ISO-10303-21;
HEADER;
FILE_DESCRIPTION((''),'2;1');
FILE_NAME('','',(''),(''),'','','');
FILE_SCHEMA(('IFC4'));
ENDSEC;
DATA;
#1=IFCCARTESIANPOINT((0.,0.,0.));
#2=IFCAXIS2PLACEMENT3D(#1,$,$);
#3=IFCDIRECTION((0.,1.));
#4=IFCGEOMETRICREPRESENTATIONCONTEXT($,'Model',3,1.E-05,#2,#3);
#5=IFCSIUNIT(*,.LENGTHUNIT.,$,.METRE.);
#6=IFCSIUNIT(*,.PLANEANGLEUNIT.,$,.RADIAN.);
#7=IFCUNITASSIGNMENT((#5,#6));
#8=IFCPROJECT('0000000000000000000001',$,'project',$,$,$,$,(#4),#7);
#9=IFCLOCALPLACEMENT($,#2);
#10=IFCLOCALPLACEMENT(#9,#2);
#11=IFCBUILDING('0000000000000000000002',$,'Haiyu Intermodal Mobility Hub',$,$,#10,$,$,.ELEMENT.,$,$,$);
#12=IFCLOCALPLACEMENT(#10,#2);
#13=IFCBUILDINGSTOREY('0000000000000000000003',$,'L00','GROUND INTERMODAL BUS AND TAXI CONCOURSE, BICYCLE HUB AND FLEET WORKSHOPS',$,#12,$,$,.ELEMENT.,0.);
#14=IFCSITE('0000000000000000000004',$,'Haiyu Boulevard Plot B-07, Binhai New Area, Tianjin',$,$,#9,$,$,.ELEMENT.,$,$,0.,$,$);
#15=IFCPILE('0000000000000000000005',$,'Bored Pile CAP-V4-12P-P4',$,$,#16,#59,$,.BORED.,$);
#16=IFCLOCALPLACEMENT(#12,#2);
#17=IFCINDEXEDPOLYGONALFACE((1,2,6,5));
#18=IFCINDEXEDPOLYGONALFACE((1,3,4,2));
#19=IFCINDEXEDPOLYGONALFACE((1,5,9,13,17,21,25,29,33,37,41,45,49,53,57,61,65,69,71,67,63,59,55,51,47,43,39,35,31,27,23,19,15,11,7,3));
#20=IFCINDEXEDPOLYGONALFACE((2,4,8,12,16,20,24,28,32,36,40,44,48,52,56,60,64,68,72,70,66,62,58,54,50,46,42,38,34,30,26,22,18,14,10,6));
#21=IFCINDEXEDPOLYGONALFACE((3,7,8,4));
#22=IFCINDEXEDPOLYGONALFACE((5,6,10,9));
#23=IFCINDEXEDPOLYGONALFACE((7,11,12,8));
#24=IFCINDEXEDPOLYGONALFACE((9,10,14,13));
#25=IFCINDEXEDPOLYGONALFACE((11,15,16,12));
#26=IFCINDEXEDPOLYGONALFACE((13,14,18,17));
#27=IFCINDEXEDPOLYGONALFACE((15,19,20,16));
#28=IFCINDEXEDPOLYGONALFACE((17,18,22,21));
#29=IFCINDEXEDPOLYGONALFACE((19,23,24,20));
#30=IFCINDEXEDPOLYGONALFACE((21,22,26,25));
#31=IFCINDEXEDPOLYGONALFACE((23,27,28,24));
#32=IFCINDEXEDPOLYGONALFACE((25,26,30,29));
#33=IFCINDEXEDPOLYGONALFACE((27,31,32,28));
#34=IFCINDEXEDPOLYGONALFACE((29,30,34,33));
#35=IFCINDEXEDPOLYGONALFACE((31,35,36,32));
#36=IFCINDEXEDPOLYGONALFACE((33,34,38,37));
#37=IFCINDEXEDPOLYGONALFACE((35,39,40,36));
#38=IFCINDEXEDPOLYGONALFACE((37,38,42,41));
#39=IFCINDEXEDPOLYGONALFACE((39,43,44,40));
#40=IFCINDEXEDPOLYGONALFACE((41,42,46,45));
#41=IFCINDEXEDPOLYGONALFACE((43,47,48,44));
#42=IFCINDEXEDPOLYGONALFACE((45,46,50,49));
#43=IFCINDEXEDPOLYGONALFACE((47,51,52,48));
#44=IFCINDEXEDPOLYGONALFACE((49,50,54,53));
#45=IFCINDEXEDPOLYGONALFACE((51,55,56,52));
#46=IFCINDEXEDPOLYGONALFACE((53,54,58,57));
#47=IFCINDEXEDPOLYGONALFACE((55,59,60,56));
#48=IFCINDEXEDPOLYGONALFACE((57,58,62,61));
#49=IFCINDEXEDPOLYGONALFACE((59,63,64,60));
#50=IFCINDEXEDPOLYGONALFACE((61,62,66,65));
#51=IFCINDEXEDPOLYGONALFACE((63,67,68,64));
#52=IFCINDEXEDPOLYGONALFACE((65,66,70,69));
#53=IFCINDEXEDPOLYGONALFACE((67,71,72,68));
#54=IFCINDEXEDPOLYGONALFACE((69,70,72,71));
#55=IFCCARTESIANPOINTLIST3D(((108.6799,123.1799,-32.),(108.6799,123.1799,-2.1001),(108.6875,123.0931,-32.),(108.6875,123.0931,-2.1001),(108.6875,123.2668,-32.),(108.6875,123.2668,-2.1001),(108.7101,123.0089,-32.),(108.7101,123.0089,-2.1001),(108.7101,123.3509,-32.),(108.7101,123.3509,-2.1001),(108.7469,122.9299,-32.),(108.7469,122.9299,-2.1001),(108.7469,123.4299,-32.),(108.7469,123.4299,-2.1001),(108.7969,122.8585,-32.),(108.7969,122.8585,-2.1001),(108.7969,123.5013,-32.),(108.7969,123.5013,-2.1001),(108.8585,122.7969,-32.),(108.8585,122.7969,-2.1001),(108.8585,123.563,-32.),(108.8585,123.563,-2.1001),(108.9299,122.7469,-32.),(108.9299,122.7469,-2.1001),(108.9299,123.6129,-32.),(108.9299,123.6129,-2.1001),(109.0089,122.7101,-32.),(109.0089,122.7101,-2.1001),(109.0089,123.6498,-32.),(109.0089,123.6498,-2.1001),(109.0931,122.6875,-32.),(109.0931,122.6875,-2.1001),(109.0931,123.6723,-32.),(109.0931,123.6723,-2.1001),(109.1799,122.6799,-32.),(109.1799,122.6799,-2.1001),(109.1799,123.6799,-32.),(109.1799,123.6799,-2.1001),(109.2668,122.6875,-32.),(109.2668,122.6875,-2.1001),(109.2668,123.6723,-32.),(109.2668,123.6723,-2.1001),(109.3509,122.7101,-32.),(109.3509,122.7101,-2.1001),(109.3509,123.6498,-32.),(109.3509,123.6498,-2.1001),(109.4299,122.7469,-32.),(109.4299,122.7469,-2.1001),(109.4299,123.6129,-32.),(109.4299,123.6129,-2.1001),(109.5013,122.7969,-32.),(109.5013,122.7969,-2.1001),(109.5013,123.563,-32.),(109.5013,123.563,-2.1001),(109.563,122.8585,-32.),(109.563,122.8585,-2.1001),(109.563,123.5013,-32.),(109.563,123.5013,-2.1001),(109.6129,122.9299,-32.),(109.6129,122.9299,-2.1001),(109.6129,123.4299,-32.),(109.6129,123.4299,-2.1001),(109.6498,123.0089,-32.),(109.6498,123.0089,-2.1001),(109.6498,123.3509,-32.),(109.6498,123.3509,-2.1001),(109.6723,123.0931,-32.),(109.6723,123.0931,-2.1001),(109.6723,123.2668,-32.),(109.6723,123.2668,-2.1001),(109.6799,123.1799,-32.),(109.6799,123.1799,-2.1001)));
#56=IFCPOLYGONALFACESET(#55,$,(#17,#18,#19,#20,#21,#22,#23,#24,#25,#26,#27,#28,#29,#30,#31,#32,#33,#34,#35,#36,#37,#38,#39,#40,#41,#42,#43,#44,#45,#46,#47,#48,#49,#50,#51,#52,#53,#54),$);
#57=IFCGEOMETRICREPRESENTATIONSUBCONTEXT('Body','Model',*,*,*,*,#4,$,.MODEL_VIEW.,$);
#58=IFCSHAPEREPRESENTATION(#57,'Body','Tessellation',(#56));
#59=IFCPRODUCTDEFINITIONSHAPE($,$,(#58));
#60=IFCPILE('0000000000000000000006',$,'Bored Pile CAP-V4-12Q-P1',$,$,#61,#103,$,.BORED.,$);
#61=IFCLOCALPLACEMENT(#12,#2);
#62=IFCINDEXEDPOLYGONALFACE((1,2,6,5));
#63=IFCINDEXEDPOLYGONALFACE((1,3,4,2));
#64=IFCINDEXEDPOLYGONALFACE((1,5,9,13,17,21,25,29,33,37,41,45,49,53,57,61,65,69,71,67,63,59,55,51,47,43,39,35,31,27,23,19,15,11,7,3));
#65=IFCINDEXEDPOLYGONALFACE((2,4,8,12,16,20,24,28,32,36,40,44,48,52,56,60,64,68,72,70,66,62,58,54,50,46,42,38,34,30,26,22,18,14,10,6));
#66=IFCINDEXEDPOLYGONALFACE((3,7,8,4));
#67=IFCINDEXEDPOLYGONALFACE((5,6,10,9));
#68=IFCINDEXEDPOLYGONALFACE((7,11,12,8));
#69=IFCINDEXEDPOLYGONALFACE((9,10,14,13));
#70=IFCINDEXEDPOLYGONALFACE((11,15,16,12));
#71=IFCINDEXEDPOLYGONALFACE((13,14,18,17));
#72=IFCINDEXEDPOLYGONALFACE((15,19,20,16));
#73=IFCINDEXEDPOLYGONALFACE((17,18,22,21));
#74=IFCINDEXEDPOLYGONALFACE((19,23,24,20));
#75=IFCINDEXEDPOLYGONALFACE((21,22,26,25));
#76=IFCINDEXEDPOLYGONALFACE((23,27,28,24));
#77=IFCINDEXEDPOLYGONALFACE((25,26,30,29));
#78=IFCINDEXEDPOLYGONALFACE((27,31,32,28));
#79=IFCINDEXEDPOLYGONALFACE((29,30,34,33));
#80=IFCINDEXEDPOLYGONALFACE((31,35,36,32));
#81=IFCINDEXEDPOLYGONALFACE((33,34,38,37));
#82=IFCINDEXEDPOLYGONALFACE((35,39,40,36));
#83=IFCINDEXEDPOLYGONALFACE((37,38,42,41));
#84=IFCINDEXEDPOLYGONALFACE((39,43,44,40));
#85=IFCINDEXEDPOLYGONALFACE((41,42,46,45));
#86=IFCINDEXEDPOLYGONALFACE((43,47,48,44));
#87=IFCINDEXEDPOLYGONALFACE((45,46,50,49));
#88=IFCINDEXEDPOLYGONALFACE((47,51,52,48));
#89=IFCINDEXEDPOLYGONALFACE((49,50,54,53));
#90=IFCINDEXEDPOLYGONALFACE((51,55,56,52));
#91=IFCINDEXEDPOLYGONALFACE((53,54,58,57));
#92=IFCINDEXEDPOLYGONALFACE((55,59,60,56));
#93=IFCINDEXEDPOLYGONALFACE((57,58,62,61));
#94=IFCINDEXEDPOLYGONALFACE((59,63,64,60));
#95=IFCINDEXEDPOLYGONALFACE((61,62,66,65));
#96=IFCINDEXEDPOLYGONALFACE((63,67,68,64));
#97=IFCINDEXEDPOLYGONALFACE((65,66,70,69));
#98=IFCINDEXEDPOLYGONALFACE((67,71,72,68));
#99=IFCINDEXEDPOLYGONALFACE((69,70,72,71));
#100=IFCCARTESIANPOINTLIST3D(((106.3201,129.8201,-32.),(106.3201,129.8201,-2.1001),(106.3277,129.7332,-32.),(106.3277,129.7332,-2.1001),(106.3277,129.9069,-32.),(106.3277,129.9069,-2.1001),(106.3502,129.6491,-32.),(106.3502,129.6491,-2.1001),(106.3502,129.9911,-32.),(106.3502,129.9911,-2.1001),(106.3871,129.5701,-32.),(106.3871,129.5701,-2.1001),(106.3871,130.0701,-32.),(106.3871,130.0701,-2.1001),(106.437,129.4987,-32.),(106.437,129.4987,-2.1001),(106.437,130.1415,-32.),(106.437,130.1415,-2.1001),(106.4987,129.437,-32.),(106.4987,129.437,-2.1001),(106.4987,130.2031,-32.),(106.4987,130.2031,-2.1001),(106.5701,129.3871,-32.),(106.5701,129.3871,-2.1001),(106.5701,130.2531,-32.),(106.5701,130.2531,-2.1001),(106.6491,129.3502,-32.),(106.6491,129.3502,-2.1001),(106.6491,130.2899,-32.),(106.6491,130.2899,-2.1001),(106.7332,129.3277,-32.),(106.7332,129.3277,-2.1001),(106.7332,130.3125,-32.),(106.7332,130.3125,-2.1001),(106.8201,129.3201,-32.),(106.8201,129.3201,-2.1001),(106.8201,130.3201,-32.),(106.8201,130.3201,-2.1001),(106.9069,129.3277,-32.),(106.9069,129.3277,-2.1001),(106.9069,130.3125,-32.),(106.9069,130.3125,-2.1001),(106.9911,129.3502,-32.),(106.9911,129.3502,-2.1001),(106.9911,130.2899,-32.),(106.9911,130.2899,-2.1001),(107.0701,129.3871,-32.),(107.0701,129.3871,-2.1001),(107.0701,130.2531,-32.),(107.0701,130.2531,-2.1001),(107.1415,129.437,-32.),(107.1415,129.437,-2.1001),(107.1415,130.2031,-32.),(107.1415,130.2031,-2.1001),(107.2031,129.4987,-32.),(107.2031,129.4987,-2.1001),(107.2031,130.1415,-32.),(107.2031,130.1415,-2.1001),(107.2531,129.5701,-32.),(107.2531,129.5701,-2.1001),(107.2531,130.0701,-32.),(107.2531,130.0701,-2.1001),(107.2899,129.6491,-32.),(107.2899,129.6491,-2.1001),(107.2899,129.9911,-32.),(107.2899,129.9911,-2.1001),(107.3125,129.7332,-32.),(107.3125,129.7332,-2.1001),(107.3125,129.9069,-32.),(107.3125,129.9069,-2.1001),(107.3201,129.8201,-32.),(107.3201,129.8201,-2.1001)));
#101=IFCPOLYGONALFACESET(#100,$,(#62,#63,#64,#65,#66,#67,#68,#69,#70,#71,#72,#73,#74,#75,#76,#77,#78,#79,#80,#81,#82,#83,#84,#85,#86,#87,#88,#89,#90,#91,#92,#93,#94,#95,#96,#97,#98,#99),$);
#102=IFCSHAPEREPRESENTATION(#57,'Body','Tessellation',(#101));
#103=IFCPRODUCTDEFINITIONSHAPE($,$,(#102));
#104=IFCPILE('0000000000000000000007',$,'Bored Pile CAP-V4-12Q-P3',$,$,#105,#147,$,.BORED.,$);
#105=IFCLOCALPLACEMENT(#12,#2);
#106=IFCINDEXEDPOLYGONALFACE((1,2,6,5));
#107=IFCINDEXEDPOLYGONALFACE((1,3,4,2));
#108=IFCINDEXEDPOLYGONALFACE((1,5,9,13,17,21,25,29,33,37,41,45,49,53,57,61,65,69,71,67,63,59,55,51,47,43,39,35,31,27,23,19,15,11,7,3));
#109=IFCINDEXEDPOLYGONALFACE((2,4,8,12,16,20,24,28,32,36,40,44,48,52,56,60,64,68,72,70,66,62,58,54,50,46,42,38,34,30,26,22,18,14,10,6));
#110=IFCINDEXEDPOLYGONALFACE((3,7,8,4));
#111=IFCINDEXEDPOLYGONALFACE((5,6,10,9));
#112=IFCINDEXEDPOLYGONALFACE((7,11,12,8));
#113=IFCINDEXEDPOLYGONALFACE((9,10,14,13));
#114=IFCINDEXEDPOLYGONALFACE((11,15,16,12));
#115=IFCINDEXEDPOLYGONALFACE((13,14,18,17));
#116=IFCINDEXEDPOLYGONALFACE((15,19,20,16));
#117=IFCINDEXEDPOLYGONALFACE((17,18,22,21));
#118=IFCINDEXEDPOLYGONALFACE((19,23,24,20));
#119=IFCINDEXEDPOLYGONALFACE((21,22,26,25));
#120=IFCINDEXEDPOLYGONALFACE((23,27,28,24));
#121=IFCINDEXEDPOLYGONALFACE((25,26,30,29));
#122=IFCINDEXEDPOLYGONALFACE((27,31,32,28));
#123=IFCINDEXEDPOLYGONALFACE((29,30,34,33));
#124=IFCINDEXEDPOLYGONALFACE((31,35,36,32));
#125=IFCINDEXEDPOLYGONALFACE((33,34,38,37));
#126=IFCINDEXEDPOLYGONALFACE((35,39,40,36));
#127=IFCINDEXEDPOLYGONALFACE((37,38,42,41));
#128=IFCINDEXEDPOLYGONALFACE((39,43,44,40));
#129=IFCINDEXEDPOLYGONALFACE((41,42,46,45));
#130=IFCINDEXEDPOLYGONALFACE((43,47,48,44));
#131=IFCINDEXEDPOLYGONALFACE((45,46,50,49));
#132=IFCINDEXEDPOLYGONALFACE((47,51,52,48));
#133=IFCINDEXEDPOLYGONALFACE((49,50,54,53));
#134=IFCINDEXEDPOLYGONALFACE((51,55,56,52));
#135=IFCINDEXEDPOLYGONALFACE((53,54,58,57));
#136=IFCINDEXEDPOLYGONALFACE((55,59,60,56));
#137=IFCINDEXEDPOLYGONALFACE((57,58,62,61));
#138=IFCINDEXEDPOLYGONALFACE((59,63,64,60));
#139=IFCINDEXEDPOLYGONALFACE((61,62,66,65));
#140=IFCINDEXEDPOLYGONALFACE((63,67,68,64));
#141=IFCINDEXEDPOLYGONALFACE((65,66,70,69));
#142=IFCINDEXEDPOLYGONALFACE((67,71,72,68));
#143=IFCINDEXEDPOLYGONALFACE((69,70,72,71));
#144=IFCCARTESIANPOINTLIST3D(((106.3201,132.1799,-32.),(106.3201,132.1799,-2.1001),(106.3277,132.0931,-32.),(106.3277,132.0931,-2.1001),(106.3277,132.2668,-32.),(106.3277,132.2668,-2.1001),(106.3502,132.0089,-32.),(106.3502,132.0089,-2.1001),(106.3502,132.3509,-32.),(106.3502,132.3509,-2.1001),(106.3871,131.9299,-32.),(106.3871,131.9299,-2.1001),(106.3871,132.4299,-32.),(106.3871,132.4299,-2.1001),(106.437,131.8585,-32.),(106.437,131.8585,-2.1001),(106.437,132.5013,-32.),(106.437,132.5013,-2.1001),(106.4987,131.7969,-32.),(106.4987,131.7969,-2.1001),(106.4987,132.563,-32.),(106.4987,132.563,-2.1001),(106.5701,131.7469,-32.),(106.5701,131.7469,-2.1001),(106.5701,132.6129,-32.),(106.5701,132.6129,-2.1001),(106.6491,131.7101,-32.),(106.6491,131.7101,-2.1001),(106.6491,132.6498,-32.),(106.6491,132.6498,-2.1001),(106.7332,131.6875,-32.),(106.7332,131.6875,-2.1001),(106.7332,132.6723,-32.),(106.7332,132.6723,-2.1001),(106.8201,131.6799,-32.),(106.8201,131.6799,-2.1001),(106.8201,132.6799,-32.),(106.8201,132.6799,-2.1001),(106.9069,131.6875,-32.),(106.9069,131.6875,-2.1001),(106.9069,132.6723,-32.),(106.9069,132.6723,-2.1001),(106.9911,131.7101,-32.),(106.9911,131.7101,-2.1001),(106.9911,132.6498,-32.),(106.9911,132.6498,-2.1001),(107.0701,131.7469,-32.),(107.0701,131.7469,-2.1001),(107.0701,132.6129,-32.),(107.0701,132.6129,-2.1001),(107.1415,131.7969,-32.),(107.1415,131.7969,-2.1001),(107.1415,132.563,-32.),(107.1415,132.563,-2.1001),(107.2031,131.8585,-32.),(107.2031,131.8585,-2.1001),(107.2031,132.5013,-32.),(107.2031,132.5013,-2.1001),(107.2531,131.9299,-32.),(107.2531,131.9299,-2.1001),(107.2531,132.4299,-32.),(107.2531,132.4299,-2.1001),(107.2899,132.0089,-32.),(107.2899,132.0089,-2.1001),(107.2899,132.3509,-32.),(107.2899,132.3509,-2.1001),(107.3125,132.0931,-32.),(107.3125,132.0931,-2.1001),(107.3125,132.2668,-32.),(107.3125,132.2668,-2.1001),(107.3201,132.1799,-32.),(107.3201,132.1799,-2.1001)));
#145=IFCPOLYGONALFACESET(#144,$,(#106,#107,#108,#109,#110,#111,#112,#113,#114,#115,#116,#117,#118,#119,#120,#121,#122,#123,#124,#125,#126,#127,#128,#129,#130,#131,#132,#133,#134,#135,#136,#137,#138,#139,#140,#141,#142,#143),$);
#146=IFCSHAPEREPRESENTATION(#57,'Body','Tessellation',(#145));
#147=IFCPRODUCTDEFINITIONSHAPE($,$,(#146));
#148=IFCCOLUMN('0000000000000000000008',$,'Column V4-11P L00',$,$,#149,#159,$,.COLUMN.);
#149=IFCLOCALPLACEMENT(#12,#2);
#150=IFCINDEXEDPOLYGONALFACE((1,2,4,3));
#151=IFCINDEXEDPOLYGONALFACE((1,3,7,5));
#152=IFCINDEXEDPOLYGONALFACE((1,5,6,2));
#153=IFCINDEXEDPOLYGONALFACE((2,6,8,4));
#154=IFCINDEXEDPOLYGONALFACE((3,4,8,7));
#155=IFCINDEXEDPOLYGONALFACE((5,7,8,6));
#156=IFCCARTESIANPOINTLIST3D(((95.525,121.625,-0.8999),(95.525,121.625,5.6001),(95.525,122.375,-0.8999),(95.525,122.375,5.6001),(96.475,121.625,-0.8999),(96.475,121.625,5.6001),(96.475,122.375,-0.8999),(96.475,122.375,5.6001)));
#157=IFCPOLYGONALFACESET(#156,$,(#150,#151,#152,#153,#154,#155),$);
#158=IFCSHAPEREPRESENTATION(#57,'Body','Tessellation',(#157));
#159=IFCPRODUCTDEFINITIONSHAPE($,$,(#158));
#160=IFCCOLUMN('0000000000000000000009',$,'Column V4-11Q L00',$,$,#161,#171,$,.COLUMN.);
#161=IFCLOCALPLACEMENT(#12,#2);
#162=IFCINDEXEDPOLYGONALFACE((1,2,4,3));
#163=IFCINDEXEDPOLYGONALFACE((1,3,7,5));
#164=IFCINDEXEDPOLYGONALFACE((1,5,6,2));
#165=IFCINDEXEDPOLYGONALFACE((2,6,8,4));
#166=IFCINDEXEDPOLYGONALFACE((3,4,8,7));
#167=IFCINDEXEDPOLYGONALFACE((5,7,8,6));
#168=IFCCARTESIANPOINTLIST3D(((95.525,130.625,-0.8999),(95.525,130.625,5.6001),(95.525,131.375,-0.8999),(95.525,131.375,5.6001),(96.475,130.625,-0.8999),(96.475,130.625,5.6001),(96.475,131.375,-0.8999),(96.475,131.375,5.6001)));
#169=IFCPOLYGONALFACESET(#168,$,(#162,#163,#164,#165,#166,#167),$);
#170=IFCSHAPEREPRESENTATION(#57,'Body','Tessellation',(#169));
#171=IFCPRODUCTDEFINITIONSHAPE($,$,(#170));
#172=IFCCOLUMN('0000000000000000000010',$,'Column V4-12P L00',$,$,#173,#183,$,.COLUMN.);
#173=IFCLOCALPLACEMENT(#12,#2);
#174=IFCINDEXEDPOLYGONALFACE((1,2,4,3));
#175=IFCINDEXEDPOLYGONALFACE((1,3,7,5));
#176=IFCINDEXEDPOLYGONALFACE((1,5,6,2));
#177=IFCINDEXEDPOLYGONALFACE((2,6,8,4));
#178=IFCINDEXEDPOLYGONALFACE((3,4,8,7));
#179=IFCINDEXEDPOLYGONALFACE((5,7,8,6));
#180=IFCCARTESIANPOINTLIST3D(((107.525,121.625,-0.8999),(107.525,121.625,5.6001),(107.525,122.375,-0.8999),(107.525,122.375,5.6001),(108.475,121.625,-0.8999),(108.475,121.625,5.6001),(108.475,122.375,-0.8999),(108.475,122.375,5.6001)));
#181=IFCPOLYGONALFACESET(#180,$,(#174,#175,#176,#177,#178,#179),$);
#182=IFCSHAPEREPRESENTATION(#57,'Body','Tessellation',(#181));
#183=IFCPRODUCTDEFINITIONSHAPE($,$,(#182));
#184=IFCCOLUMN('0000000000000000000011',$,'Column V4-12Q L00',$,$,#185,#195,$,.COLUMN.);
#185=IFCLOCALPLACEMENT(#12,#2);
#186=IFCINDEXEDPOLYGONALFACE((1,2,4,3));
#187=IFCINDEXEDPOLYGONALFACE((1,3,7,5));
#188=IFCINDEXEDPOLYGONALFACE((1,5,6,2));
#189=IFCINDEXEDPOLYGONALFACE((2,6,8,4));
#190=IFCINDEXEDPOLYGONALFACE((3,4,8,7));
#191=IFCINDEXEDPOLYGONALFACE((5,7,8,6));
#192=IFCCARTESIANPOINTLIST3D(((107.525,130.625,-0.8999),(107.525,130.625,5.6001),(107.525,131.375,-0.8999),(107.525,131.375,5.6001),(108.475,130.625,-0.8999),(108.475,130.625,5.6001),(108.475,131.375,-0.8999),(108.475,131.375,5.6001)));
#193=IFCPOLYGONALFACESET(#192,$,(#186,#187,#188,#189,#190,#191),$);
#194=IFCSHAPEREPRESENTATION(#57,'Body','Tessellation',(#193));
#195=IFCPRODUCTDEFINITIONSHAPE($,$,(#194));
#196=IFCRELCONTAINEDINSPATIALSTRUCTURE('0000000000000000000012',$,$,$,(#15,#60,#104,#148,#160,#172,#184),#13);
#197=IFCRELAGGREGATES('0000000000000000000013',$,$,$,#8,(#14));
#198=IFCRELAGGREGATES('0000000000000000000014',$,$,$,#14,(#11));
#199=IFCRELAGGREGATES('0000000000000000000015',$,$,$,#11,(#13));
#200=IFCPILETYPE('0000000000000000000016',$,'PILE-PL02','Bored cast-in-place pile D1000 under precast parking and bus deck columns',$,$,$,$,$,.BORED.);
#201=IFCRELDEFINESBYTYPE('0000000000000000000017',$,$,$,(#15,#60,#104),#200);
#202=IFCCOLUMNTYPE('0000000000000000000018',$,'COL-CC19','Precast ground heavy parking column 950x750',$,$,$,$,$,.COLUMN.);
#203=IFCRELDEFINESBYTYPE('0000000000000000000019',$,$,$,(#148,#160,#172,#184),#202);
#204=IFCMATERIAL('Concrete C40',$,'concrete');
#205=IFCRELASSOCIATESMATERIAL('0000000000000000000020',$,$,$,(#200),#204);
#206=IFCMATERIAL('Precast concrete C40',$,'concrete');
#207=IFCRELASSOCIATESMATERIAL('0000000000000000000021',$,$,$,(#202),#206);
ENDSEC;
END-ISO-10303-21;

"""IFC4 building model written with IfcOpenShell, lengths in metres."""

from ifc_helpers import new_model, si_unit, direction, frame, origin, origin_2d, place, context, subcontext, project, spatial, rectangle, circle, extrude, material, material_profile, profile_set, type_object, element, save


model = new_model("IFC4")

# Units and contexts
model_context = context("Model", 3, precision=1e-05, world=origin(), true_north=direction((0.0, 1.0)))
body_context = subcontext(model_context, "Body", "Model", "MODEL_VIEW")
ifc_project = project(units=[si_unit("LENGTHUNIT", "METRE"), si_unit("PLANEANGLEUNIT", "RADIAN")], contexts=[model_context])

# Site, building, storey
site_placement = place(None, origin())
site = spatial("IfcSite", under=ifc_project, at=site_placement, Name="Haiyu Boulevard Plot B-07, Binhai New Area, Tianjin", CompositionType="ELEMENT", RefElevation=0.0)
building_placement = place(site_placement, origin())
building = spatial("IfcBuilding", under=site, at=building_placement, Name="Haiyu Intermodal Mobility Hub", CompositionType="ELEMENT")
storey_placement = place(building_placement, origin())
storey = spatial("IfcBuildingStorey", under=building, at=storey_placement, Name="L00", Description="GROUND INTERMODAL BUS AND TAXI CONCOURSE, BICYCLE HUB AND FLEET WORKSHOPS", CompositionType="ELEMENT", Elevation=0.0)

# Shared definitions
ifc_material_1 = material(Name="Concrete C40", Category="concrete")

# Piles
ifc_material_profile_1 = material_profile(ifc_material_1, circle(Radius=0.5, at=origin_2d()), Name="PILE-D1000")
ifc_profile_set_1 = profile_set([ifc_material_profile_1], Name="Concrete C40")
pile_type = type_object("IfcPileType", Name="PILE-PL02", Description="Bored cast-in-place pile D1000 under precast parking and bus deck columns", PredefinedType="BORED", material=ifc_profile_set_1)
for number, where, z_axis, x_axis, name in (
    (1, (109.1799, 123.1799, -2.1001), (0.0, 0.0, -1.0), (1.0, 0.0, 0.0), "Bored Pile CAP-V4-12P-P4"),
    (2, (106.8201, 129.8201, -2.1001), (0.0, 0.0, -1.0), (1.0, 0.0, 0.0), "Bored Pile CAP-V4-12Q-P1"),
    (3, (106.8201, 132.1799, -2.1001), (0.0, 0.0, -1.0), (1.0, 0.0, 0.0), "Bored Pile CAP-V4-12Q-P3"),
):
    element("IfcPile", number, at=place(storey_placement, frame(where, z_axis=z_axis, x_axis=x_axis)), inside=storey, type_object=pile_type, Name=name, PredefinedType="BORED", context=body_context, shape_type="SweptSolid", body=[
        extrude(circle(Radius=0.5, at=origin_2d()), origin(), (0.0, 0.0, 1.0), 29.8999),
    ])

# Columns
ifc_material_2 = material(Name="Precast concrete C40", Category="concrete")
ifc_material_profile_2 = material_profile(ifc_material_2, rectangle(XDim=0.95, YDim=0.75, at=origin_2d()), Name="C950x750")
ifc_profile_set_2 = profile_set([ifc_material_profile_2], Name="Precast concrete C40")
column_type = type_object("IfcColumnType", Name="COL-CC19", Description="Precast ground heavy parking column 950x750", PredefinedType="COLUMN", material=ifc_profile_set_2)
for number, where, z_axis, x_axis, name in (
    (4, (96.0, 122.0, -0.8999), (0.0, 0.0, 1.0), (1.0, 0.0, 0.0), "Column V4-11P L00"),
    (5, (96.0, 131.0, -0.8999), (0.0, 0.0, 1.0), (1.0, 0.0, 0.0), "Column V4-11Q L00"),
    (6, (108.0, 122.0, -0.8999), (0.0, 0.0, 1.0), (1.0, 0.0, 0.0), "Column V4-12P L00"),
    (7, (108.0, 131.0, -0.8999), (0.0, 0.0, 1.0), (1.0, 0.0, 0.0), "Column V4-12Q L00"),
):
    element("IfcColumn", number, at=place(storey_placement, frame(where, z_axis=z_axis, x_axis=x_axis)), inside=storey, type_object=column_type, Name=name, PredefinedType="COLUMN", context=body_context, shape_type="SweptSolid", body=[
        extrude(rectangle(XDim=0.95, YDim=0.75, at=origin_2d()), origin(), (0.0, 0.0, 1.0), 6.5),
    ])

save(model, "model.ifc")
